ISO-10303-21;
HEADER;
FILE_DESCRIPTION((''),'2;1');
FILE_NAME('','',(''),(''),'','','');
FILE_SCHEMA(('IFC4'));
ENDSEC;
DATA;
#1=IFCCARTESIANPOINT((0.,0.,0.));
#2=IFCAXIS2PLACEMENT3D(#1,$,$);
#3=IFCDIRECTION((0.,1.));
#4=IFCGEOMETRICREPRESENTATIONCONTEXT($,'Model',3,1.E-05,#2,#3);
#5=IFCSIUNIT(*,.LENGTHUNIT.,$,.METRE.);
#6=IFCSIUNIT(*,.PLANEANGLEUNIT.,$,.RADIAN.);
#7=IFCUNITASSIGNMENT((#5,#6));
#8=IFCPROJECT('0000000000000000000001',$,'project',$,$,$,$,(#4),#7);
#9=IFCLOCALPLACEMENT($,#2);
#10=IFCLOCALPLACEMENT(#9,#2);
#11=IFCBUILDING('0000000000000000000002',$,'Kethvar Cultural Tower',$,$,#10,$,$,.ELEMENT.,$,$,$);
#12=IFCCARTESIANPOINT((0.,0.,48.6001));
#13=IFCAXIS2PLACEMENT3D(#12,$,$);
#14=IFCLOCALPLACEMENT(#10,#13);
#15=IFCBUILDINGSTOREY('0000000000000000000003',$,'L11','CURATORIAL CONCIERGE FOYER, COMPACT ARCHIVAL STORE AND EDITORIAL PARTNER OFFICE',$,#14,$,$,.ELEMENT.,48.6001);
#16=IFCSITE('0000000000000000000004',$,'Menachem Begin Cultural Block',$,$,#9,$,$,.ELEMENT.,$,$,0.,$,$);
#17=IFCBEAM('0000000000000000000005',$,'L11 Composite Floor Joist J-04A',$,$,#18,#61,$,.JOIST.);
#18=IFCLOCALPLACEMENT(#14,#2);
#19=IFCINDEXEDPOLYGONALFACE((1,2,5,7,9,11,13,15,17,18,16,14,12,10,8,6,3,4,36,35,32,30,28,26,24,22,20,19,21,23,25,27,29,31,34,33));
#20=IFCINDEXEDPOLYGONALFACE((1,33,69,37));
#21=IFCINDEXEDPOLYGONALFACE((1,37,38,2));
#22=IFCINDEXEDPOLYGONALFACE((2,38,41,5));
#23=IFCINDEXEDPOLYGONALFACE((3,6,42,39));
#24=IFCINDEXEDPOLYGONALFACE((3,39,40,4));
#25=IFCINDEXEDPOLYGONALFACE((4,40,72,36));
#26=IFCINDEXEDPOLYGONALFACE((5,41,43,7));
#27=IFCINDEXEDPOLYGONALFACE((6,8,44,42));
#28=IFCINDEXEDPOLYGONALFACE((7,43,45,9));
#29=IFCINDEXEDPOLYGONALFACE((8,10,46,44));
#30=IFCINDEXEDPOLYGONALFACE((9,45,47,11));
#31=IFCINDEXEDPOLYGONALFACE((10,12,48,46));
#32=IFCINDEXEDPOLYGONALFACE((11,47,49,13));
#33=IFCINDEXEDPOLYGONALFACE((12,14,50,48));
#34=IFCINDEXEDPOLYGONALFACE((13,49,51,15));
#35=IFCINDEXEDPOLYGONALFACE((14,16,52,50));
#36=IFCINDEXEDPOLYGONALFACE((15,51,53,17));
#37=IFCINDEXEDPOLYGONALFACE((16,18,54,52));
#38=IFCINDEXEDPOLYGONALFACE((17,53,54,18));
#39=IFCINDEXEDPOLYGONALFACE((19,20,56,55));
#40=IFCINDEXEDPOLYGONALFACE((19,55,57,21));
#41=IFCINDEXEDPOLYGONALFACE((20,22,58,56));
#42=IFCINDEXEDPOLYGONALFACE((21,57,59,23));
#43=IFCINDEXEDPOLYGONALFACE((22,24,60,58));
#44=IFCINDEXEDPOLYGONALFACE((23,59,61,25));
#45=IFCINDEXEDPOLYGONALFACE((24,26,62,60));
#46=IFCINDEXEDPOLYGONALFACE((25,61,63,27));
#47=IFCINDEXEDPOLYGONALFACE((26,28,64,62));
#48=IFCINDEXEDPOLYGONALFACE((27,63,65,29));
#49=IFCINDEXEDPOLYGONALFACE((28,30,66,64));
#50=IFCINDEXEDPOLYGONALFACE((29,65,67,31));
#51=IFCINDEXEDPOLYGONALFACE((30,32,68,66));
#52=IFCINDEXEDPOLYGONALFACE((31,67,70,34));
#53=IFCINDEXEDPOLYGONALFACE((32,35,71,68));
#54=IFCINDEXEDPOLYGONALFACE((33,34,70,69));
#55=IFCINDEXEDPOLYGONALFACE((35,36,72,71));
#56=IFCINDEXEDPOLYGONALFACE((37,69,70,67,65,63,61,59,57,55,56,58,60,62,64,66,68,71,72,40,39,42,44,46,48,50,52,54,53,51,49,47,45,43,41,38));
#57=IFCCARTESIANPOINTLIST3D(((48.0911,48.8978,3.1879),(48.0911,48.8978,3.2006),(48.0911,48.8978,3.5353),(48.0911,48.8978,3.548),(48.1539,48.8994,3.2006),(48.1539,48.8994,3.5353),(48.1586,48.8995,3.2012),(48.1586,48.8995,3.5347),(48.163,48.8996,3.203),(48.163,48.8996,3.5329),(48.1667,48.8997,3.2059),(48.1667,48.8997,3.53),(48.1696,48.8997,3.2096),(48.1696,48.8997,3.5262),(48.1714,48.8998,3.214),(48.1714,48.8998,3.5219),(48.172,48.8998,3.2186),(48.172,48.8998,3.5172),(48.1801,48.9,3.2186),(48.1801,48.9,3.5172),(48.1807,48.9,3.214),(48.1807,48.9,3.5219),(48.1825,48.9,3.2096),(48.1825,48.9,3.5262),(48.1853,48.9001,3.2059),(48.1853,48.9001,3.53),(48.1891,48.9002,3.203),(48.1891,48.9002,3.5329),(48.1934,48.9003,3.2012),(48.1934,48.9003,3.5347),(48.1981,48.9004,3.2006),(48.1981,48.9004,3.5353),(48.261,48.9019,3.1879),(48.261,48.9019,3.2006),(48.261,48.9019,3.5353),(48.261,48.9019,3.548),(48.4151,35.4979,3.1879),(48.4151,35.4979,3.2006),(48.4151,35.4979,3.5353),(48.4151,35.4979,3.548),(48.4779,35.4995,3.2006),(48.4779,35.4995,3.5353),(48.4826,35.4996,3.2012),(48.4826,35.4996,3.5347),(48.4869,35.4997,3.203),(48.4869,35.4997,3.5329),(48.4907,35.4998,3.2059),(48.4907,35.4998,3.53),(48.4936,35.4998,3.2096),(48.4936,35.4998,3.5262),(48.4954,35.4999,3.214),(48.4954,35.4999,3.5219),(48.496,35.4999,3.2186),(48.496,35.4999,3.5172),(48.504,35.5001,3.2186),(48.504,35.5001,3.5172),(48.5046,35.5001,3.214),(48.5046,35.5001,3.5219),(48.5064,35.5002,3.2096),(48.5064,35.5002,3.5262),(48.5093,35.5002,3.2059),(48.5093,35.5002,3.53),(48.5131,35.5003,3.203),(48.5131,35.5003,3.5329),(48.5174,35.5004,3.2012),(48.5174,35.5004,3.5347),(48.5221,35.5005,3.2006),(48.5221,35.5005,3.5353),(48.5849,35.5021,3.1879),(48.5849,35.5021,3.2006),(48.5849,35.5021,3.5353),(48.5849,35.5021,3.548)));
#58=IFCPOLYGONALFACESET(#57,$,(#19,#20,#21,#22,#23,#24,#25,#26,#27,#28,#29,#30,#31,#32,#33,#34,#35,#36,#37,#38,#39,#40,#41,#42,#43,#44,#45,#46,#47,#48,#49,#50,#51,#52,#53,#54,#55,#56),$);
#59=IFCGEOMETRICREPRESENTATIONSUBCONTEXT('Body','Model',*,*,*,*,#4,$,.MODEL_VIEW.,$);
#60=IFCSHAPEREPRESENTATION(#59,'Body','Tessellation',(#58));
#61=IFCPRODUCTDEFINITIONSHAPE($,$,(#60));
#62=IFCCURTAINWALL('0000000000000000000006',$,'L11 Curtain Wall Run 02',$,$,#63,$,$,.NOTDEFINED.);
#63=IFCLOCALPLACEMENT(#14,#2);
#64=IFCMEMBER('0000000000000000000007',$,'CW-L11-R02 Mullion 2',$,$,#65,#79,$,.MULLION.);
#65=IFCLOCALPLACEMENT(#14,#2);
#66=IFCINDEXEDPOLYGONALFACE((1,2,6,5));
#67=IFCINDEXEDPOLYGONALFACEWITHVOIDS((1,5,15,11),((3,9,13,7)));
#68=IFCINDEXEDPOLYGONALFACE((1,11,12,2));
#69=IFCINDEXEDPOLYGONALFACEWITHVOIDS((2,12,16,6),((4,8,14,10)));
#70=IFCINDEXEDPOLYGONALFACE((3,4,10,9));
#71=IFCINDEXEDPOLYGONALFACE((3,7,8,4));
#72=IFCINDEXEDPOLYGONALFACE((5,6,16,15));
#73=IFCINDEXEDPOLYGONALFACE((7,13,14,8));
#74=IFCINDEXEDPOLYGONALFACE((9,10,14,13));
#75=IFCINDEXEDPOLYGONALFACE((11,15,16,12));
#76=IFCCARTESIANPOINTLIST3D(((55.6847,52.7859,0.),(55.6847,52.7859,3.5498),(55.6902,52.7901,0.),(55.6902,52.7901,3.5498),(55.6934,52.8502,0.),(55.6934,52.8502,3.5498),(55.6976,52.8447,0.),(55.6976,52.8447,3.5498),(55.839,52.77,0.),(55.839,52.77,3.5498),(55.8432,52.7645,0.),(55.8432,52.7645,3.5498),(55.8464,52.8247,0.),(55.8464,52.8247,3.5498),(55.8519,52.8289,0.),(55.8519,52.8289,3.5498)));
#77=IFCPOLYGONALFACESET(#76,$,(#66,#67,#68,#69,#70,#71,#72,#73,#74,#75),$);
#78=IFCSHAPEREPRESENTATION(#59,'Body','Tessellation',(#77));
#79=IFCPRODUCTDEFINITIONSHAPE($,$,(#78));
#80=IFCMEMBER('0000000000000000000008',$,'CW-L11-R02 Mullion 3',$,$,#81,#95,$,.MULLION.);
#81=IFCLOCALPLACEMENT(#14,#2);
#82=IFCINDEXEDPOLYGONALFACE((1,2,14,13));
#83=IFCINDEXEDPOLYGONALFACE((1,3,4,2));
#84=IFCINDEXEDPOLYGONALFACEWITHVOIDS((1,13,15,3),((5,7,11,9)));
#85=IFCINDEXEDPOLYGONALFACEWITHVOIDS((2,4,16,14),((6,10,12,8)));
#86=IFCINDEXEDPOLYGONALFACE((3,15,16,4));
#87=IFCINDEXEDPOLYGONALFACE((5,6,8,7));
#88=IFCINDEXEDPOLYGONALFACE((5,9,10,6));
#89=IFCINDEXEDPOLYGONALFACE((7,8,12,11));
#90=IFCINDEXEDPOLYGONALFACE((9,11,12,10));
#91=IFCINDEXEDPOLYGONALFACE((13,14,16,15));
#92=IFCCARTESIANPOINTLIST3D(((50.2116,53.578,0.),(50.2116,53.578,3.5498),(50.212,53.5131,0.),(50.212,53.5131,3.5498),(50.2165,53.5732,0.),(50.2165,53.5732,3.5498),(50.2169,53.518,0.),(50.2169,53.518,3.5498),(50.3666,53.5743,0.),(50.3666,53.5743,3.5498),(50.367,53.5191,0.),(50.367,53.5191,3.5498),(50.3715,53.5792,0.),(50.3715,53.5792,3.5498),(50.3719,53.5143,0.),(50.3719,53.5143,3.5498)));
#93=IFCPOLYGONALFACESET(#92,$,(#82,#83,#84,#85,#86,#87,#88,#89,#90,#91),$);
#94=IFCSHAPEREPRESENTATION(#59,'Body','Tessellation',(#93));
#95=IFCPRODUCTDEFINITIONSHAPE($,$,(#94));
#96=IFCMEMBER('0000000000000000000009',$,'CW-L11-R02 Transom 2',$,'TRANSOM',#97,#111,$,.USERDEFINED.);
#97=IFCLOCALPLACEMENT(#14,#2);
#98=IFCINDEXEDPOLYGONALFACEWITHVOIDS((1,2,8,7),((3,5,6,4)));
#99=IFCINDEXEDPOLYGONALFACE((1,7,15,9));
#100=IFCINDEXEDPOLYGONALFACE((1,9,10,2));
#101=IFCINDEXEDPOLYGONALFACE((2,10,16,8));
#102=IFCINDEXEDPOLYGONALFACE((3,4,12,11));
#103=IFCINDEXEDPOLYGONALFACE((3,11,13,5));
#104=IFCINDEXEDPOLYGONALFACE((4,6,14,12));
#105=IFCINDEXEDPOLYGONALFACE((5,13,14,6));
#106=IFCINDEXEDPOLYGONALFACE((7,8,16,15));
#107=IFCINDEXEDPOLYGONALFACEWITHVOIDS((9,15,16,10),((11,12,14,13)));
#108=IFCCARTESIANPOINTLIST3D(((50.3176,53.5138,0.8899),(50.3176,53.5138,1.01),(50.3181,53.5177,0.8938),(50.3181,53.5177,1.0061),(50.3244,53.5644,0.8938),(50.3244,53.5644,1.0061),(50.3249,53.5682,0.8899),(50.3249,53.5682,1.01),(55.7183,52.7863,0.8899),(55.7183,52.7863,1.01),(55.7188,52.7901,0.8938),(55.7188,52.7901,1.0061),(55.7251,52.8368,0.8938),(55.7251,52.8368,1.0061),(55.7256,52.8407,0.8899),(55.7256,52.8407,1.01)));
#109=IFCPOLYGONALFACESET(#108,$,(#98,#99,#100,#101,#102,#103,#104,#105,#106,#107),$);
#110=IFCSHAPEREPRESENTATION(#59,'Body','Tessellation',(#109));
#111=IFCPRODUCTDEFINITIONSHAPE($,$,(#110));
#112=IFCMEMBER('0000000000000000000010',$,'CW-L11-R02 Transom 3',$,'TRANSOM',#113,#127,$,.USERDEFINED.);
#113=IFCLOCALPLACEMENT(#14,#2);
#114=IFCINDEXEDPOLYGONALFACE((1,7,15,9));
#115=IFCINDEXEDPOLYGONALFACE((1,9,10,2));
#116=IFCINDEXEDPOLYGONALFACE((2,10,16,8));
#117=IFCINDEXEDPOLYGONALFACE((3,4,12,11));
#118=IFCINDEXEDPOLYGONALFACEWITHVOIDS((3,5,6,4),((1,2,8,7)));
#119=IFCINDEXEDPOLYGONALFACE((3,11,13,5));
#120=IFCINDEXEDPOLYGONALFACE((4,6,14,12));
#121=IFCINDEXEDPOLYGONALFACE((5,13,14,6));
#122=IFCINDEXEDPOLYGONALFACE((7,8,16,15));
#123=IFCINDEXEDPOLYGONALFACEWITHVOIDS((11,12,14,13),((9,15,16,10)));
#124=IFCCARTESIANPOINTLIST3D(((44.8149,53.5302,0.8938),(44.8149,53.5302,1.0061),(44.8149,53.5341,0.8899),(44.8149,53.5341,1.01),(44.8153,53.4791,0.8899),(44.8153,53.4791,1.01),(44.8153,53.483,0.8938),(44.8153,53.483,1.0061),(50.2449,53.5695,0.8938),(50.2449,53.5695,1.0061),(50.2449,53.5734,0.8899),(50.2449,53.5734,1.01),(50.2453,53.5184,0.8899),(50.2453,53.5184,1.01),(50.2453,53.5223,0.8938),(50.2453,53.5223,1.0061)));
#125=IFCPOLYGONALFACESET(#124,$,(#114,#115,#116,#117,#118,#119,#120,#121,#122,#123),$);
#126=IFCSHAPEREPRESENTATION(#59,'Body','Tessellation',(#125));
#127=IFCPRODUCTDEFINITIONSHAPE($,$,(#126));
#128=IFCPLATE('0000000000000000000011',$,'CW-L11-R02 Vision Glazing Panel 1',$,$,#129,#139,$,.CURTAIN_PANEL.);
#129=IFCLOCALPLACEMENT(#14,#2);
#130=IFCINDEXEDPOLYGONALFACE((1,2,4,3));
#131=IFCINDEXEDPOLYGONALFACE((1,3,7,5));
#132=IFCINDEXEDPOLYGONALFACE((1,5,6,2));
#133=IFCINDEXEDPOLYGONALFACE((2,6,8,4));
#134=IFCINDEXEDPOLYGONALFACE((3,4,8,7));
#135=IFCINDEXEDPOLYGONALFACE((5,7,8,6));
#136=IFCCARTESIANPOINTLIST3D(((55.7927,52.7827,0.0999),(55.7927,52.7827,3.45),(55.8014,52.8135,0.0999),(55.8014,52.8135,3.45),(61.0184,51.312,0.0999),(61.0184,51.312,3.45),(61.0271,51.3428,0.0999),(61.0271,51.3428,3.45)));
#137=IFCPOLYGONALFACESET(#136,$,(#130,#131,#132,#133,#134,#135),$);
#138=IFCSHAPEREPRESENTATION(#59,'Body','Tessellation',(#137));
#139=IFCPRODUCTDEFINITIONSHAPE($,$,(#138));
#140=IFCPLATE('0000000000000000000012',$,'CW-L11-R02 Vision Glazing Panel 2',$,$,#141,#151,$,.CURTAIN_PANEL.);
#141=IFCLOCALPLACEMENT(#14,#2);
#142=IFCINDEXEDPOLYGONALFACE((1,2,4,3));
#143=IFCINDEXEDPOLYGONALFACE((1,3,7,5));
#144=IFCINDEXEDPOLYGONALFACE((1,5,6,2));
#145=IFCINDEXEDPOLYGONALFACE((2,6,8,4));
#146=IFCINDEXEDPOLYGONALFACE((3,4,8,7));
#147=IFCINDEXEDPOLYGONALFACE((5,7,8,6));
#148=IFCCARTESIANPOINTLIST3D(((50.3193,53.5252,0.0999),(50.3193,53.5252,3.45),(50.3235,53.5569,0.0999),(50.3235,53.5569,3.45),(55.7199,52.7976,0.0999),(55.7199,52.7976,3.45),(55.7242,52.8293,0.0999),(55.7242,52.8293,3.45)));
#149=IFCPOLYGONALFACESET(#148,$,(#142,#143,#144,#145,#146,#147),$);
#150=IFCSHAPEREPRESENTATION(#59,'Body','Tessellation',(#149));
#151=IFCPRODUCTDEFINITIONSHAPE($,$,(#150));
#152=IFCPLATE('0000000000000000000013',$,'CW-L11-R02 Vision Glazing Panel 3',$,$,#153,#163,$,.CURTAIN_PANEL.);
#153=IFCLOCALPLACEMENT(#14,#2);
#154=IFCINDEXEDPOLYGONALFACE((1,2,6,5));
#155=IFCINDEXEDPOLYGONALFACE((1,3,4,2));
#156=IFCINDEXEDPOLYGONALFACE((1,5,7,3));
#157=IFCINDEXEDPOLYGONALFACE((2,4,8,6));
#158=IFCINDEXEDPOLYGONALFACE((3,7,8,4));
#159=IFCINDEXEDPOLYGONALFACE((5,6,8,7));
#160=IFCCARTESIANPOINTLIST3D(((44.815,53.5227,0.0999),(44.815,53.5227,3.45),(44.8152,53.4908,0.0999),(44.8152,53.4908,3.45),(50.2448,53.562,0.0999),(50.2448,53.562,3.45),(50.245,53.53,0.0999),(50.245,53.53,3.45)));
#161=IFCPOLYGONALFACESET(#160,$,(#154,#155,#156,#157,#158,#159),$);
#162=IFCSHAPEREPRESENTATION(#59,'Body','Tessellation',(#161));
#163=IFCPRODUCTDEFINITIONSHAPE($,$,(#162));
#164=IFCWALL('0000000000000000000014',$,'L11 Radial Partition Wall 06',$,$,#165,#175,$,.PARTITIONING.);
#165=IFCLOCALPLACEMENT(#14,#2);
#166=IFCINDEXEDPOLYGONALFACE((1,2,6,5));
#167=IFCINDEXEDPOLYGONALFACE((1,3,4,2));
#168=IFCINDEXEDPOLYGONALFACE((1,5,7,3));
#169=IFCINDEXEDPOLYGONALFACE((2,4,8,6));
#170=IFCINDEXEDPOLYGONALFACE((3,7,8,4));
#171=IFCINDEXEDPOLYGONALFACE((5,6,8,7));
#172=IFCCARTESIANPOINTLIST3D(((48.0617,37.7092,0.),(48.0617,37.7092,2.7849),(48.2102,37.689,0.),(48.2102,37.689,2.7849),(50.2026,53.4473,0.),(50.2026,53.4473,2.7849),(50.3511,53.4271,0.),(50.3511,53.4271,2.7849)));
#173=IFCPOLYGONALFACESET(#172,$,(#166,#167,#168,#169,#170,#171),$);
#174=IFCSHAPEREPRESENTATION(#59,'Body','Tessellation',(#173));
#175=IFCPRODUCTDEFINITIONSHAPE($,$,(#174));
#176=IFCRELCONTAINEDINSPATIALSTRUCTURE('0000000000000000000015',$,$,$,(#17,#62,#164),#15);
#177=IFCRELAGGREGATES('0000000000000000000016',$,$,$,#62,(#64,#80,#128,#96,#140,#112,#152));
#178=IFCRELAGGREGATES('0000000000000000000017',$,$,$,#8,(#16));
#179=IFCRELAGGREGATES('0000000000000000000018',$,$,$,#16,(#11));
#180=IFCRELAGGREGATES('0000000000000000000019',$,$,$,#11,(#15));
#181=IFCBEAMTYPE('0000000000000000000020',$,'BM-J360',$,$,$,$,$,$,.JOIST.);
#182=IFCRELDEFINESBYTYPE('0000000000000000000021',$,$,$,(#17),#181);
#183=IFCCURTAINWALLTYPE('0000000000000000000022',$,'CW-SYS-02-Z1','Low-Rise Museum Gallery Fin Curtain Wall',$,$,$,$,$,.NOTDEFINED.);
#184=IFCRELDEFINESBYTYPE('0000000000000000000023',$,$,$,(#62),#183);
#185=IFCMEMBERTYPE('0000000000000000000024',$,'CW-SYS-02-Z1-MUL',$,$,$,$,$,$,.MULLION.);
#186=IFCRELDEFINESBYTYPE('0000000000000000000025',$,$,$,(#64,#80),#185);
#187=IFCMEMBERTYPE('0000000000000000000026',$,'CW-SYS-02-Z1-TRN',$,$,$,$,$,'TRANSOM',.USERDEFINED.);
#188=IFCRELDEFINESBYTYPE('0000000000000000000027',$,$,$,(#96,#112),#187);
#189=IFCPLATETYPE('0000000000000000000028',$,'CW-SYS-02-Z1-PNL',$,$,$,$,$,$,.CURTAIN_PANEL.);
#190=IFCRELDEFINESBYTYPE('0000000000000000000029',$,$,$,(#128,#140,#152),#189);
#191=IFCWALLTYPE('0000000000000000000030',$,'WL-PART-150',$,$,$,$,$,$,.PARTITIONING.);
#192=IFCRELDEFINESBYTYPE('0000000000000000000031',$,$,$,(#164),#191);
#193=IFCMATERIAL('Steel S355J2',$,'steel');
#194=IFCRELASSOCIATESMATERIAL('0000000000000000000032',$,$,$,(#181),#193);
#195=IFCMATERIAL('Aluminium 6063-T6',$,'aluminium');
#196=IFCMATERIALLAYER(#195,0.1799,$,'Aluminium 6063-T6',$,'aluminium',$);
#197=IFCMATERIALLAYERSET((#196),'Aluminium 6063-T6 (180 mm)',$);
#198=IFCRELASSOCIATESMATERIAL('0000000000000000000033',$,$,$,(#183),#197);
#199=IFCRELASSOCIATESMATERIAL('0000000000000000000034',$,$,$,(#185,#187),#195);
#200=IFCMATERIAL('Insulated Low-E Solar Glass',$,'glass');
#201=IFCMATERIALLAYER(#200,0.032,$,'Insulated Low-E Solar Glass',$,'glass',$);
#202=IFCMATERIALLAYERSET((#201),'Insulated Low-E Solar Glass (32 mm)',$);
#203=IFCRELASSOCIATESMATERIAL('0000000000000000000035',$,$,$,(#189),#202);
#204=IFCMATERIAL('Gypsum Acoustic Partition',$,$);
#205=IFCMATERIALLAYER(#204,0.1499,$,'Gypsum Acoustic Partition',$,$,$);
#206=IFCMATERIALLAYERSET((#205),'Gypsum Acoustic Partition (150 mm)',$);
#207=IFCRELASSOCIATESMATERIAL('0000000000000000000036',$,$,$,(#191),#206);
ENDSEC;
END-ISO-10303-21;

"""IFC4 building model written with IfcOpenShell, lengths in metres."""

from ifc_helpers import new_model, si_unit, direction, frame, frame_2d, origin, origin_2d, place, context, subcontext, project, spatial, rectangle, hollow_rectangle, i_section, extrude, source, transform, mapped, material, layer, layer_set, material_profile, profile_set, type_object, element, aggregate, save


model = new_model("IFC4")

# Units and contexts
model_context = context("Model", 3, precision=1e-05, world=origin(), true_north=direction((0.0, 1.0)))
body_context = subcontext(model_context, "Body", "Model", "MODEL_VIEW")
ifc_project = project(units=[si_unit("LENGTHUNIT", "METRE"), si_unit("PLANEANGLEUNIT", "RADIAN")], contexts=[model_context])

# Site, building, storey
site_placement = place(None, origin())
site = spatial("IfcSite", under=ifc_project, at=site_placement, Name="Menachem Begin Cultural Block", CompositionType="ELEMENT", RefElevation=0.0)
building_placement = place(site_placement, origin())
building = spatial("IfcBuilding", under=site, at=building_placement, Name="Kethvar Cultural Tower", CompositionType="ELEMENT")
storey_placement = place(building_placement, frame((0.0, 0.0, 48.6001)))
storey = spatial("IfcBuildingStorey", under=building, at=storey_placement, Name="L11", Description="CURATORIAL CONCIERGE FOYER, COMPACT ARCHIVAL STORE AND EDITORIAL PARTNER OFFICE", CompositionType="ELEMENT", Elevation=48.6001)

# Beam
ifc_material_1 = material(Name="Steel S355J2", Category="steel")
ifc_material_profile_1 = material_profile(ifc_material_1, i_section(OverallWidth=0.1699, OverallDepth=0.3601, WebThickness=0.0081, FlangeThickness=0.0127, FilletRadius=0.0181, at=origin_2d()), Name="Steel S355J2 — IPE360")
ifc_profile_set_1 = profile_set([ifc_material_profile_1], Name="Steel S355J2 — IPE360")
beam_type_1 = type_object("IfcBeamType", Name="BM-J360", PredefinedType="JOIST", material=ifc_profile_set_1)
shared_shape_1 = source(origin(), body_context, "Body", "SweptSolid", [
    extrude(i_section(OverallWidth=0.1699, OverallDepth=0.3601, WebThickness=0.0081, FlangeThickness=0.0127, FilletRadius=0.0181, at=origin_2d()), origin(), (0.0, 0.0, 1.0), 13.4038),
])
beam_1_placement = place(storey_placement, frame((48.5, 35.5, 3.3679), z_axis=(-0.02417, 0.999708, 0.0), x_axis=(-0.999708, -0.02417, 0.0)))
element("IfcBeam", 1, at=beam_1_placement, inside=storey, type_object=beam_type_1, Name="L11 Composite Floor Joist J-04A", PredefinedType="JOIST", context=body_context, shape_type="MappedRepresentation", body=[
    mapped(shared_shape_1, transform((0.0, 0.0, 0.0), scale=1.0)),
])

# Curtain wall, members, plates
ifc_material_2 = material(Name="Aluminium 6063-T6", Category="aluminium")
ifc_layer_1 = layer(ifc_material_2, 0.1799, Name="Aluminium 6063-T6", Category="aluminium")
ifc_layer_set_1 = layer_set([ifc_layer_1], Name="Aluminium 6063-T6 (180 mm)")
curtain_wall_type = type_object("IfcCurtainWallType", Name="CW-SYS-02-Z1", Description="Low-Rise Museum Gallery Fin Curtain Wall", PredefinedType="NOTDEFINED", material=ifc_layer_set_1)
curtain_wall_placement = place(storey_placement, origin())
curtain_wall = element("IfcCurtainWall", 2, at=curtain_wall_placement, inside=storey, type_object=curtain_wall_type, Name="L11 Curtain Wall Run 02", PredefinedType="NOTDEFINED")
ifc_material_profile_2 = material_profile(ifc_material_2, hollow_rectangle(XDim=0.0649, YDim=0.1599, WallThickness=0.0049, at=origin_2d()), Name="Aluminium 6063-T6 — RHS160x65x5")
ifc_profile_set_2 = profile_set([ifc_material_profile_2], Name="Aluminium 6063-T6 — RHS160x65x5")
member_type_1 = type_object("IfcMemberType", Name="CW-SYS-02-Z1-MUL", PredefinedType="MULLION", material=ifc_profile_set_2)
shared_shape_2 = source(origin(), body_context, "Body", "SweptSolid", [
    extrude(hollow_rectangle(XDim=0.0649, YDim=0.1599, WallThickness=0.0049, at=origin_2d()), origin(), (0.0, 0.0, 1.0), 3.5498),
])
member_1_placement = place(storey_placement, frame((55.7683, 52.8074, 0.0), z_axis=(0.0, 0.0, 1.0), x_axis=(-0.133502, -0.991049, 0.0)))
member_1 = element("IfcMember", 3, at=member_1_placement, type_object=member_type_1, Name="CW-L11-R02 Mullion 2", PredefinedType="MULLION", context=body_context, shape_type="MappedRepresentation", body=[
    mapped(shared_shape_2, transform((0.0, 0.0, 0.0), scale=1.0)),
])
member_2_placement = place(storey_placement, frame((50.2917, 53.5461, 0.0), z_axis=(0.0, 0.0, 1.0), x_axis=(0.007226, -0.999974, 0.0)))
member_2 = element("IfcMember", 4, at=member_2_placement, type_object=member_type_1, Name="CW-L11-R02 Mullion 3", PredefinedType="MULLION", context=body_context, shape_type="MappedRepresentation", body=[
    mapped(shared_shape_2, transform((0.0, 0.0, 0.0), scale=1.0)),
])
ifc_material_profile_3 = material_profile(ifc_material_2, hollow_rectangle(XDim=0.0549, YDim=0.1201, WallThickness=0.0039, at=origin_2d()), Name="Aluminium 6063-T6 — RHS120x55x4")
ifc_profile_set_3 = profile_set([ifc_material_profile_3], Name="Aluminium 6063-T6 — RHS120x55x4")
member_type_2 = type_object("IfcMemberType", Name="CW-SYS-02-Z1-TRN", ElementType="TRANSOM", PredefinedType="USERDEFINED", material=ifc_profile_set_3)
shared_shape_3 = source(origin(), body_context, "Body", "SweptSolid", [
    extrude(hollow_rectangle(XDim=0.0549, YDim=0.1201, WallThickness=0.0039, at=origin_2d()), origin(), (0.0, 0.0, 1.0), 5.4495),
])
member_3_placement = place(storey_placement, frame((55.7219, 52.8135, 0.95), z_axis=(-0.991048, 0.133508, 0.0), x_axis=(-0.133508, -0.991048, 0.0)))
member_3 = element("IfcMember", 5, at=member_3_placement, type_object=member_type_2, Name="CW-L11-R02 Transom 2", ObjectType="TRANSOM", PredefinedType="USERDEFINED", context=body_context, shape_type="MappedRepresentation", body=[
    mapped(shared_shape_3, transform((0.0, 0.0, 0.0), scale=1.0)),
])
shared_shape_4 = source(origin(), body_context, "Body", "SweptSolid", [
    extrude(hollow_rectangle(XDim=0.0549, YDim=0.1201, WallThickness=0.0039, at=origin_2d()), origin(), (0.0, 0.0, 1.0), 5.4302),
])
member_4_placement = place(storey_placement, frame((50.2451, 53.5459, 0.95), z_axis=(-0.999974, -0.007239, 0.0), x_axis=(0.007239, -0.999974, 0.0)))
member_4 = element("IfcMember", 6, at=member_4_placement, type_object=member_type_2, Name="CW-L11-R02 Transom 3", ObjectType="TRANSOM", PredefinedType="USERDEFINED", context=body_context, shape_type="MappedRepresentation", body=[
    mapped(shared_shape_4, transform((0.0, 0.0, 0.0), scale=1.0)),
])
ifc_material_3 = material(Name="Insulated Low-E Solar Glass", Category="glass")
ifc_layer_2 = layer(ifc_material_3, 0.032, Name="Insulated Low-E Solar Glass", Category="glass")
ifc_layer_set_2 = layer_set([ifc_layer_2], Name="Insulated Low-E Solar Glass (32 mm)")
plate_type = type_object("IfcPlateType", Name="CW-SYS-02-Z1-PNL", PredefinedType="CURTAIN_PANEL", material=ifc_layer_set_2)
shared_shape_5 = source(origin(), body_context, "Body", "SweptSolid", [
    extrude(rectangle(XDim=5.4287, YDim=0.032, at=origin_2d()), origin(), (0.0, 0.0, 1.0), 3.3501),
])
plate_1_placement = place(storey_placement, frame((58.4099, 52.0627, 0.0999), z_axis=(0.0, 0.0, 1.0), x_axis=(-0.962607, 0.270903, 0.0)))
plate_1 = element("IfcPlate", 7, at=plate_1_placement, type_object=plate_type, Name="CW-L11-R02 Vision Glazing Panel 1", PredefinedType="CURTAIN_PANEL", context=body_context, shape_type="MappedRepresentation", body=[
    mapped(shared_shape_5, transform((0.0, 0.0, 0.0), scale=1.0)),
])
shared_shape_6 = source(origin(), body_context, "Body", "SweptSolid", [
    extrude(rectangle(XDim=5.4495, YDim=0.032, at=origin_2d()), origin(), (0.0, 0.0, 1.0), 3.3501),
])
plate_2_placement = place(storey_placement, frame((53.0217, 53.1772, 0.0999), z_axis=(0.0, 0.0, 1.0), x_axis=(-0.991049, 0.133502, 0.0)))
plate_2 = element("IfcPlate", 8, at=plate_2_placement, type_object=plate_type, Name="CW-L11-R02 Vision Glazing Panel 2", PredefinedType="CURTAIN_PANEL", context=body_context, shape_type="MappedRepresentation", body=[
    mapped(shared_shape_6, transform((0.0, 0.0, 0.0), scale=1.0)),
])
shared_shape_7 = source(origin(), body_context, "Body", "SweptSolid", [
    extrude(rectangle(XDim=5.4299, YDim=0.032, at=origin_2d()), origin(), (0.0, 0.0, 1.0), 3.3501),
])
plate_3_placement = place(storey_placement, frame((47.53, 53.5264, 0.0999), z_axis=(0.0, 0.0, 1.0), x_axis=(-0.999974, -0.007226, 0.0)))
plate_3 = element("IfcPlate", 9, at=plate_3_placement, type_object=plate_type, Name="CW-L11-R02 Vision Glazing Panel 3", PredefinedType="CURTAIN_PANEL", context=body_context, shape_type="MappedRepresentation", body=[
    mapped(shared_shape_7, transform((0.0, 0.0, 0.0), scale=1.0)),
])
aggregate(curtain_wall, [member_1, member_2, plate_1, member_3, plate_2, member_4, plate_3])

# Wall
ifc_material_4 = material(Name="Gypsum Acoustic Partition")
ifc_layer_3 = layer(ifc_material_4, 0.1499, Name="Gypsum Acoustic Partition")
ifc_layer_set_3 = layer_set([ifc_layer_3], Name="Gypsum Acoustic Partition (150 mm)")
wall_type_1 = type_object("IfcWallType", Name="WL-PART-150", PredefinedType="PARTITIONING", material=ifc_layer_set_3)
wall_1_placement = place(storey_placement, frame((48.136, 37.6992, 0.0), z_axis=(0.0, 0.0, 1.0), x_axis=(0.13479, 0.990874, 0.0)))
element("IfcWall", 10, at=wall_1_placement, inside=storey, type_object=wall_type_1, Name="L11 Radial Partition Wall 06", PredefinedType="PARTITIONING", context=body_context, shape_type="SweptSolid", body=[
    extrude(rectangle(XDim=15.8831, YDim=0.1499, at=frame_2d((7.9414, 0.0))), origin(), (0.0, 0.0, 1.0), 2.7849),
])

save(model, "model.ifc")
